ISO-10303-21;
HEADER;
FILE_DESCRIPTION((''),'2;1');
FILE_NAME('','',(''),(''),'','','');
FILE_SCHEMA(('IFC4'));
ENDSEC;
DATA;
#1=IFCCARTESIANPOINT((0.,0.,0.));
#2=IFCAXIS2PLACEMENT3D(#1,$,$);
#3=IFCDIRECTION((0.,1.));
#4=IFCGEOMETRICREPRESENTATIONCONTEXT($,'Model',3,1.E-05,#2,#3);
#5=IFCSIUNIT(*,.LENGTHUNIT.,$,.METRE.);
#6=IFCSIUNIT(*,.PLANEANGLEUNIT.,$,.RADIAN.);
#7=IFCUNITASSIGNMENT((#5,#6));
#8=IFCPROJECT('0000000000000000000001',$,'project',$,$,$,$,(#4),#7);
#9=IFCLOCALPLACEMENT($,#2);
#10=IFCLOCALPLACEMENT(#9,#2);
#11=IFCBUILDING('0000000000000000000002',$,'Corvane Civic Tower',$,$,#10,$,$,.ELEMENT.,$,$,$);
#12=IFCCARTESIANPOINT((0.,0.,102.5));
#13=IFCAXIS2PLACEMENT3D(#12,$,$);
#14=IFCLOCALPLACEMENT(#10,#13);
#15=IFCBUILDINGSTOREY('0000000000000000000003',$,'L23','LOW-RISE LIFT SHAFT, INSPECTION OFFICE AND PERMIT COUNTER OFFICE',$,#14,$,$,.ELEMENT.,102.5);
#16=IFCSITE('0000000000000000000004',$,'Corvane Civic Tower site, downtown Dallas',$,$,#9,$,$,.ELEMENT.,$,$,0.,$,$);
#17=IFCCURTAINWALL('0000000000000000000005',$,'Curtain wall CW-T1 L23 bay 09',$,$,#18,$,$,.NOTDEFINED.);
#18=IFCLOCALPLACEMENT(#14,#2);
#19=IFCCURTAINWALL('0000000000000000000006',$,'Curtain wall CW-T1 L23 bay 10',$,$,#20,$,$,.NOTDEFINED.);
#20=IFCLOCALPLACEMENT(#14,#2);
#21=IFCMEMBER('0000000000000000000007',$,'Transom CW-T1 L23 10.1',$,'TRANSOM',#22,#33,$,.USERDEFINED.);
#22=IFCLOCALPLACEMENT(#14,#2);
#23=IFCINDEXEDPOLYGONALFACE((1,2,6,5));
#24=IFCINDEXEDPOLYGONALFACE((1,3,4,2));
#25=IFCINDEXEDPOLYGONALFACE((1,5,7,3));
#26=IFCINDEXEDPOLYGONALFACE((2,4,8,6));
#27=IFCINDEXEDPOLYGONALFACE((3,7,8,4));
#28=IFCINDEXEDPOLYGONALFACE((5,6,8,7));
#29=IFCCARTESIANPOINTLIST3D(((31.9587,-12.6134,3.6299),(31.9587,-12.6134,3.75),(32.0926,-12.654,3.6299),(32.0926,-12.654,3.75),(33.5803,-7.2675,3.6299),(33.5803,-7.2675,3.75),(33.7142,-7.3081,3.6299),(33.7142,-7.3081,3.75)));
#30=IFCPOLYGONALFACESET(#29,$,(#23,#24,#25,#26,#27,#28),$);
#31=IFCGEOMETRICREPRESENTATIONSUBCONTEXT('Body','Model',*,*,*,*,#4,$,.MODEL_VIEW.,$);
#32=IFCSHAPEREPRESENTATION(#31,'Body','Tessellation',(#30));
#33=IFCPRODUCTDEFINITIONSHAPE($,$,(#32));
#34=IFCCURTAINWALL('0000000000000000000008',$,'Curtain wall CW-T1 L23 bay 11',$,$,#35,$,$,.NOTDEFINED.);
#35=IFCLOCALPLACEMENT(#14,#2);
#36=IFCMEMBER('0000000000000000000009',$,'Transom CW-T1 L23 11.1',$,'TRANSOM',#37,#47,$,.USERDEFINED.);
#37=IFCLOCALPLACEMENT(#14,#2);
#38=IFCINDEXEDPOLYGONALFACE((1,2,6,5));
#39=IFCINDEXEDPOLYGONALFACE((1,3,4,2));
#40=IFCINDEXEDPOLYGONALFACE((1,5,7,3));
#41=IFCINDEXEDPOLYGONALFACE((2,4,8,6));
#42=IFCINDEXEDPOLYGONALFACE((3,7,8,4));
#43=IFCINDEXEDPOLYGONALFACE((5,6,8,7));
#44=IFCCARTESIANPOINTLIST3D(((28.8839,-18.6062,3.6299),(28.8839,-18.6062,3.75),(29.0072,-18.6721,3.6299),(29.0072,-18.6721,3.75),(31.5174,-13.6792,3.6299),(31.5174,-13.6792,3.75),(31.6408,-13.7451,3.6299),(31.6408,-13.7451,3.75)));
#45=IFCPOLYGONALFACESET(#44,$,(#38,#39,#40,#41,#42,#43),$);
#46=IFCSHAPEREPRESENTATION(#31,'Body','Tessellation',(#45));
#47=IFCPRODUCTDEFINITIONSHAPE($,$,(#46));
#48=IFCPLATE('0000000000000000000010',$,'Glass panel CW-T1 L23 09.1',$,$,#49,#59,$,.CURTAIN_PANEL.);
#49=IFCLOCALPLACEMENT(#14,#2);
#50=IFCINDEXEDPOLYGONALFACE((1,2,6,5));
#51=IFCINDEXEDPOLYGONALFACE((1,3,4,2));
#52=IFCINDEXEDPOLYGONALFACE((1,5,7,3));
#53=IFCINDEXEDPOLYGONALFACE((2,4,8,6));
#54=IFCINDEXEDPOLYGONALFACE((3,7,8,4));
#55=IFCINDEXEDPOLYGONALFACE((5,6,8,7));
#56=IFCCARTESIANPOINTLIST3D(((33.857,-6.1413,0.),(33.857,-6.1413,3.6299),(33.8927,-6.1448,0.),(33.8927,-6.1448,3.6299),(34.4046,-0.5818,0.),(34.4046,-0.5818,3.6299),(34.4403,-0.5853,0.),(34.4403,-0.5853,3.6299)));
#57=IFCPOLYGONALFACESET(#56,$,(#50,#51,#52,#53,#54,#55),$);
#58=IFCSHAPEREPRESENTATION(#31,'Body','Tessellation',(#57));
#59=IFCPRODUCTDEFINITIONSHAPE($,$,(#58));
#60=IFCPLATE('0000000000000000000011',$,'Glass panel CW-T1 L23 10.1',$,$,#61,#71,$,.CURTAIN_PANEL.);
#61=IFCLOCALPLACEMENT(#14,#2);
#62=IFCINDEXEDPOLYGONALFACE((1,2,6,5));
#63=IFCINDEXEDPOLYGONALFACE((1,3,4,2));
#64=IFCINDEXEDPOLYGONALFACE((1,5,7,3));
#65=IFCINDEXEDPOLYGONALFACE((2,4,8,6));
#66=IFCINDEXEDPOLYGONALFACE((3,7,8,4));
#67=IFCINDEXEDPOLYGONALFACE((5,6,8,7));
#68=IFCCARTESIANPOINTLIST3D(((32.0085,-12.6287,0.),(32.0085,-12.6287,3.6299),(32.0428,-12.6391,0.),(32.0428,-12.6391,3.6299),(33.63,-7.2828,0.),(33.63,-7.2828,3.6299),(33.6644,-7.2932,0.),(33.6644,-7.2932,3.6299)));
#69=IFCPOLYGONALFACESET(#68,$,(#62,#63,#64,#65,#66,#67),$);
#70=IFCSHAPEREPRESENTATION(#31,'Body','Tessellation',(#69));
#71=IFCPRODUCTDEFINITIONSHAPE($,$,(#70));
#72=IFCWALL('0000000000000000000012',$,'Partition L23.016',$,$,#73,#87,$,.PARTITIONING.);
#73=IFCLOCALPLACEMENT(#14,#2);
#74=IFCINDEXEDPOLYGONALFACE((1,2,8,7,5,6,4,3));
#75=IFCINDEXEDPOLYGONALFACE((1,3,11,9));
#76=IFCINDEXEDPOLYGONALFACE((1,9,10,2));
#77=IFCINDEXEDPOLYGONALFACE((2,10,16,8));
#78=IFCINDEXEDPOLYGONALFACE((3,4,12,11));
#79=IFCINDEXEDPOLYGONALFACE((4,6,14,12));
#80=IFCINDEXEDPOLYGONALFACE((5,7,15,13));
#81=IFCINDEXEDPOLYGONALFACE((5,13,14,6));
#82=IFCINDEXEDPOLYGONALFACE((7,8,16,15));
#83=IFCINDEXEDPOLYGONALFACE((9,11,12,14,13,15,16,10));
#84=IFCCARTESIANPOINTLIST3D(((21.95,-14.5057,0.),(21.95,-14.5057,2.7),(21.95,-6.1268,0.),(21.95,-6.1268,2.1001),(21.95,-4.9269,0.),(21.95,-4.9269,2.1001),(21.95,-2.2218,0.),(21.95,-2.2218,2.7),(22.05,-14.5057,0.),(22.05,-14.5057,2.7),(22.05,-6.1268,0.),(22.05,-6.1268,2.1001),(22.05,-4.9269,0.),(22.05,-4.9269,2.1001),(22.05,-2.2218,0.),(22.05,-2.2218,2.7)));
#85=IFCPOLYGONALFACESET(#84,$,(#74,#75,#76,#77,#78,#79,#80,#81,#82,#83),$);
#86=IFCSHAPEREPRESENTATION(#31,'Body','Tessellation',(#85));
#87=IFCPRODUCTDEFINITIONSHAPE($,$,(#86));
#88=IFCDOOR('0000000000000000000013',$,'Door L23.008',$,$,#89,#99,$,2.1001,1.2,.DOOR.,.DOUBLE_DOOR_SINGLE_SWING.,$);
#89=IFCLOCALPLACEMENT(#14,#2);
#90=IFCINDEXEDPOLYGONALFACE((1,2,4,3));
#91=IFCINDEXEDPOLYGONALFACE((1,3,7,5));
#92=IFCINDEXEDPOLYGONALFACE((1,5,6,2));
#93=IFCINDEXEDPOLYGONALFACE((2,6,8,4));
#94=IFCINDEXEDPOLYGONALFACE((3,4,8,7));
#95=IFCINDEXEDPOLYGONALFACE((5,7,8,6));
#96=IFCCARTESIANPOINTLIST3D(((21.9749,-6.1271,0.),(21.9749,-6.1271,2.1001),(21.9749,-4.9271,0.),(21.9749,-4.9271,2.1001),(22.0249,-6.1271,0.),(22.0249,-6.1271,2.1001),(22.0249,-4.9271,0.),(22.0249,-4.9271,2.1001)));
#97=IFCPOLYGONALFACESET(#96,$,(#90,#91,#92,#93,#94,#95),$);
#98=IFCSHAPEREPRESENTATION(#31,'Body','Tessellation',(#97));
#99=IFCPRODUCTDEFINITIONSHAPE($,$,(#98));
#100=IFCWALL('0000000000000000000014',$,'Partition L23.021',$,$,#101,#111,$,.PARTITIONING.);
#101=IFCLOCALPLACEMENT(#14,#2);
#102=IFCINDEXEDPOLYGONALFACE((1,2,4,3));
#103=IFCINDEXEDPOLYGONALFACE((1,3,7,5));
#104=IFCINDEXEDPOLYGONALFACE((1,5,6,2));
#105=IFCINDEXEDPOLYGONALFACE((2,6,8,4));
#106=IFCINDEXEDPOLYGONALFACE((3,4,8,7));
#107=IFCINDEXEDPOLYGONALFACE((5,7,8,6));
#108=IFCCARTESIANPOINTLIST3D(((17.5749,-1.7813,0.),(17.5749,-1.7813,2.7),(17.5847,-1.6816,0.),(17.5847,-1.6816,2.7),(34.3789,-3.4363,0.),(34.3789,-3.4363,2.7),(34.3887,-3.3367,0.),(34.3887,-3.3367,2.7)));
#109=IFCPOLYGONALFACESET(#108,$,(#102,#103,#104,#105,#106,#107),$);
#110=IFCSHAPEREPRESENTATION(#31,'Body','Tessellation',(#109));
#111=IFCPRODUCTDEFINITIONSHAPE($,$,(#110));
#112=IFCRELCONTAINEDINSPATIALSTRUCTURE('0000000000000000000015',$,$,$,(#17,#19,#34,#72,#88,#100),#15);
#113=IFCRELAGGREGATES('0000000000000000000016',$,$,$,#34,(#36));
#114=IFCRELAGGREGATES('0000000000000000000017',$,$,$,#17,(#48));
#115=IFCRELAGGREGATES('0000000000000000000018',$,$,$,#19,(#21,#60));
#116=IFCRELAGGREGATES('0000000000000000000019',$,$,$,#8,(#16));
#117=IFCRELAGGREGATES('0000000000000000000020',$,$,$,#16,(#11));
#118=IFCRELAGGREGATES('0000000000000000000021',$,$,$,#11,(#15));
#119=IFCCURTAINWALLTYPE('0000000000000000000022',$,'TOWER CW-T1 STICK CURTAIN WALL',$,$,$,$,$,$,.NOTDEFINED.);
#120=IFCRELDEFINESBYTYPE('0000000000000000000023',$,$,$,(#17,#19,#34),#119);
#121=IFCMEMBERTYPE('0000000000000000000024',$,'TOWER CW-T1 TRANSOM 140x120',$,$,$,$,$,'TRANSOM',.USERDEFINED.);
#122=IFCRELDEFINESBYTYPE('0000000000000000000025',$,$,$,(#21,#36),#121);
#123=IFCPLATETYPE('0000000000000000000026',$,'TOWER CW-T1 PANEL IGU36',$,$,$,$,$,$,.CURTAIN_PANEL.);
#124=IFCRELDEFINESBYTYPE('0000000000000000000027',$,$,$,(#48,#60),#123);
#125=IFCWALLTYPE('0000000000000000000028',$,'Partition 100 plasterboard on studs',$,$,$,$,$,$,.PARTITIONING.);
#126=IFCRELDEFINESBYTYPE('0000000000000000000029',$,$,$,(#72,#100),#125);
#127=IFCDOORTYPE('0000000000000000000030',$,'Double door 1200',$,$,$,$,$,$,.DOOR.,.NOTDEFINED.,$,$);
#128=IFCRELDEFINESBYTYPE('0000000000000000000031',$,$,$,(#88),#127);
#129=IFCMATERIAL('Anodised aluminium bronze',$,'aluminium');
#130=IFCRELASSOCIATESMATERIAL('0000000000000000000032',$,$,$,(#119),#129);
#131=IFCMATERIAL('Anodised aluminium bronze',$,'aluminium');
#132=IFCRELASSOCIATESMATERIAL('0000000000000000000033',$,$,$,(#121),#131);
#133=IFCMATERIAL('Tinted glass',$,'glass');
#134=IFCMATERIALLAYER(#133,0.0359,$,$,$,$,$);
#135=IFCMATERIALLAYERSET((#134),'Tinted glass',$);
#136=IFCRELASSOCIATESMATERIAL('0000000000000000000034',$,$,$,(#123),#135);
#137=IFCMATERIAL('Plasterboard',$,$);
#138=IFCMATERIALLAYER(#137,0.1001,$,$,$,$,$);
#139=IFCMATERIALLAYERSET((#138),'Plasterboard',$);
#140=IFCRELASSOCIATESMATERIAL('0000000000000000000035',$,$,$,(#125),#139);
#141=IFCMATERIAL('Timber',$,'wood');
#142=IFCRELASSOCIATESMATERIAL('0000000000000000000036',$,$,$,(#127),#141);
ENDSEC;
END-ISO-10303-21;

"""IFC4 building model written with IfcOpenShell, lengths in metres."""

from ifc_helpers import new_model, si_unit, direction, frame, frame_2d, origin, origin_2d, place, context, subcontext, project, spatial, rectangle, extrude, material, layer, layer_set, material_profile, profile_set, type_object, element, fill, aggregate, save


model = new_model("IFC4")

# Units and contexts
model_context = context("Model", 3, precision=1e-05, world=origin(), true_north=direction((0.0, 1.0)))
body_context = subcontext(model_context, "Body", "Model", "MODEL_VIEW")
ifc_project = project(units=[si_unit("LENGTHUNIT", "METRE"), si_unit("PLANEANGLEUNIT", "RADIAN")], contexts=[model_context])

# Site, building, storey
site_placement = place(None, origin())
site = spatial("IfcSite", under=ifc_project, at=site_placement, Name="Corvane Civic Tower site, downtown Dallas", CompositionType="ELEMENT", RefElevation=0.0)
building_placement = place(site_placement, origin())
building = spatial("IfcBuilding", under=site, at=building_placement, Name="Corvane Civic Tower", CompositionType="ELEMENT")
storey_placement = place(building_placement, frame((0.0, 0.0, 102.5)))
storey = spatial("IfcBuildingStorey", under=building, at=storey_placement, Name="L23", Description="LOW-RISE LIFT SHAFT, INSPECTION OFFICE AND PERMIT COUNTER OFFICE", CompositionType="ELEMENT", Elevation=102.5)

# Curtain walls, members
ifc_material_1 = material(Name="Anodised aluminium bronze", Category="aluminium")
curtain_wall_type = type_object("IfcCurtainWallType", Name="TOWER CW-T1 STICK CURTAIN WALL", PredefinedType="NOTDEFINED", material=ifc_material_1)
curtain_wall_1_placement = place(storey_placement, origin())
curtain_wall_1 = element("IfcCurtainWall", 1, at=curtain_wall_1_placement, inside=storey, type_object=curtain_wall_type, Name="Curtain wall CW-T1 L23 bay 09", PredefinedType="NOTDEFINED")
ifc_material_2 = material(Name="Anodised aluminium bronze", Category="aluminium")
ifc_material_profile_1 = material_profile(ifc_material_2, rectangle(XDim=0.1399, YDim=0.1201, at=origin_2d()), Name="TOWER CW-T1 TRANSOM 140x120")
ifc_profile_set_1 = profile_set([ifc_material_profile_1], Name="Anodised aluminium bronze")
member_type = type_object("IfcMemberType", Name="TOWER CW-T1 TRANSOM 140x120", ElementType="TRANSOM", PredefinedType="USERDEFINED", material=ifc_profile_set_1)
curtain_wall_2_placement = place(storey_placement, origin())
curtain_wall_2 = element("IfcCurtainWall", 2, at=curtain_wall_2_placement, inside=storey, type_object=curtain_wall_type, Name="Curtain wall CW-T1 L23 bay 10", PredefinedType="NOTDEFINED")
member_1_placement = place(storey_placement, frame((33.6472, -7.2878, 3.6899), z_axis=(-0.290269, -0.956945, 0.0), x_axis=(0.956945, -0.290269, 0.0)))
member_1 = element("IfcMember", 3, at=member_1_placement, type_object=member_type, Name="Transom CW-T1 L23 10.1", ObjectType="TRANSOM", PredefinedType="USERDEFINED", context=body_context, shape_type="SweptSolid", body=[
    extrude(rectangle(XDim=0.1399, YDim=0.1201, at=origin_2d()), origin(), (0.0, 0.0, 1.0), 5.5864),
])
curtain_wall_3_placement = place(storey_placement, origin())
curtain_wall_3 = element("IfcCurtainWall", 4, at=curtain_wall_3_placement, inside=storey, type_object=curtain_wall_type, Name="Curtain wall CW-T1 L23 bay 11", PredefinedType="NOTDEFINED")
member_2_placement = place(storey_placement, frame((31.5791, -13.7122, 3.6899), z_axis=(-0.471398, -0.881921, 0.0), x_axis=(0.881921, -0.471398, 0.0)))
member_2 = element("IfcMember", 5, at=member_2_placement, type_object=member_type, Name="Transom CW-T1 L23 11.1", ObjectType="TRANSOM", PredefinedType="USERDEFINED", context=body_context, shape_type="SweptSolid", body=[
    extrude(rectangle(XDim=0.1399, YDim=0.1201, at=origin_2d()), origin(), (0.0, 0.0, 1.0), 5.5867),
])
aggregate(curtain_wall_3, [member_2])

# Plates
ifc_material_3 = material(Name="Tinted glass", Category="glass")
ifc_layer_1 = layer(ifc_material_3, 0.0359)
ifc_layer_set_1 = layer_set([ifc_layer_1], Name="Tinted glass")
plate_type = type_object("IfcPlateType", Name="TOWER CW-T1 PANEL IGU36", PredefinedType="CURTAIN_PANEL", material=ifc_layer_set_1)
plate_1_placement = place(storey_placement, frame((34.1487, -3.3633, 0.0), z_axis=(0.0, 0.0, 1.0), x_axis=(-0.098027, -0.995184, 0.0)))
plate_1 = element("IfcPlate", 6, at=plate_1_placement, type_object=plate_type, Name="Glass panel CW-T1 L23 09.1", PredefinedType="CURTAIN_PANEL", context=body_context, shape_type="SweptSolid", body=[
    extrude(rectangle(XDim=5.5864, YDim=0.0359, at=origin_2d()), origin(), (0.0, 0.0, 1.0), 3.6299),
])
aggregate(curtain_wall_1, [plate_1])
plate_2_placement = place(storey_placement, frame((32.8364, -9.9609, 0.0), z_axis=(0.0, 0.0, 1.0), x_axis=(-0.290266, -0.956946, 0.0)))
plate_2 = element("IfcPlate", 7, at=plate_2_placement, type_object=plate_type, Name="Glass panel CW-T1 L23 10.1", PredefinedType="CURTAIN_PANEL", context=body_context, shape_type="SweptSolid", body=[
    extrude(rectangle(XDim=5.5864, YDim=0.0359, at=origin_2d()), origin(), (0.0, 0.0, 1.0), 3.6299),
])
aggregate(curtain_wall_2, [member_1, plate_2])

# Wall, opening, door
ifc_material_4 = material(Name="Plasterboard")
ifc_layer_2 = layer(ifc_material_4, 0.1001)
ifc_layer_set_2 = layer_set([ifc_layer_2], Name="Plasterboard")
wall_type = type_object("IfcWallType", Name="Partition 100 plasterboard on studs", PredefinedType="PARTITIONING", material=ifc_layer_set_2)
wall_1_placement = place(storey_placement, frame((22.0, -14.5059, 0.0), z_axis=(0.0, 0.0, 1.0), x_axis=(0.0, 1.0, 0.0)))
wall_1 = element("IfcWall", 8, at=wall_1_placement, inside=storey, type_object=wall_type, Name="Partition L23.016", PredefinedType="PARTITIONING", context=body_context, shape_type="SweptSolid", body=[
    extrude(rectangle(XDim=12.2839, YDim=0.1001, at=frame_2d((6.1421, 0.0))), origin(), (0.0, 0.0, 1.0), 2.7),
])
opening_placement = place(wall_1_placement, frame((8.3789, 0.0, 0.0)))
opening = element("IfcOpeningElement", 9, at=opening_placement, cuts=wall_1, PredefinedType="OPENING", context=body_context, shape_type="SweptSolid", body=[
    extrude(rectangle(XDim=1.2, YDim=2.1001, at=frame_2d((0.6001, 1.05))), frame((0.0, 0.0601, 0.0), z_axis=(0.0, -1.0, 0.0), x_axis=(1.0, 0.0, 0.0)), (0.0, 0.0, 1.0), 0.1201),
])
ifc_material_5 = material(Name="Timber", Category="wood")
door_type = type_object("IfcDoorType", Name="Double door 1200", OperationType="NOTDEFINED", PredefinedType="DOOR", material=ifc_material_5)
door_placement = place(opening_placement, frame((1.2, 0.0, 0.0), z_axis=(0.0, 0.0, 1.0), x_axis=(-1.0, 0.0, 0.0)))
door = element("IfcDoor", 10, at=door_placement, inside=storey, type_object=door_type, Name="Door L23.008", OperationType="DOUBLE_DOOR_SINGLE_SWING", OverallHeight=2.1001, OverallWidth=1.2, PredefinedType="DOOR", context=body_context, shape_type="SweptSolid", body=[
    extrude(rectangle(XDim=1.2, YDim=2.1001, at=frame_2d((0.6001, 1.05))), frame((0.0, 0.0249, 0.0), z_axis=(0.0, -1.0, 0.0), x_axis=(1.0, 0.0, 0.0)), (0.0, 0.0, 1.0), 0.05),
])
fill(opening, door)

# Wall
wall_2_placement = place(storey_placement, frame((17.5798, -1.7314, 0.0), z_axis=(0.0, 0.0, 1.0), x_axis=(0.995185, -0.098016, 0.0)))
element("IfcWall", 11, at=wall_2_placement, inside=storey, type_object=wall_type, Name="Partition L23.021", PredefinedType="PARTITIONING", context=body_context, shape_type="SweptSolid", body=[
    extrude(rectangle(XDim=16.8853, YDim=0.1001, at=frame_2d((8.4426, 0.0))), origin(), (0.0, 0.0, 1.0), 2.7),
])

save(model, "model.ifc")
